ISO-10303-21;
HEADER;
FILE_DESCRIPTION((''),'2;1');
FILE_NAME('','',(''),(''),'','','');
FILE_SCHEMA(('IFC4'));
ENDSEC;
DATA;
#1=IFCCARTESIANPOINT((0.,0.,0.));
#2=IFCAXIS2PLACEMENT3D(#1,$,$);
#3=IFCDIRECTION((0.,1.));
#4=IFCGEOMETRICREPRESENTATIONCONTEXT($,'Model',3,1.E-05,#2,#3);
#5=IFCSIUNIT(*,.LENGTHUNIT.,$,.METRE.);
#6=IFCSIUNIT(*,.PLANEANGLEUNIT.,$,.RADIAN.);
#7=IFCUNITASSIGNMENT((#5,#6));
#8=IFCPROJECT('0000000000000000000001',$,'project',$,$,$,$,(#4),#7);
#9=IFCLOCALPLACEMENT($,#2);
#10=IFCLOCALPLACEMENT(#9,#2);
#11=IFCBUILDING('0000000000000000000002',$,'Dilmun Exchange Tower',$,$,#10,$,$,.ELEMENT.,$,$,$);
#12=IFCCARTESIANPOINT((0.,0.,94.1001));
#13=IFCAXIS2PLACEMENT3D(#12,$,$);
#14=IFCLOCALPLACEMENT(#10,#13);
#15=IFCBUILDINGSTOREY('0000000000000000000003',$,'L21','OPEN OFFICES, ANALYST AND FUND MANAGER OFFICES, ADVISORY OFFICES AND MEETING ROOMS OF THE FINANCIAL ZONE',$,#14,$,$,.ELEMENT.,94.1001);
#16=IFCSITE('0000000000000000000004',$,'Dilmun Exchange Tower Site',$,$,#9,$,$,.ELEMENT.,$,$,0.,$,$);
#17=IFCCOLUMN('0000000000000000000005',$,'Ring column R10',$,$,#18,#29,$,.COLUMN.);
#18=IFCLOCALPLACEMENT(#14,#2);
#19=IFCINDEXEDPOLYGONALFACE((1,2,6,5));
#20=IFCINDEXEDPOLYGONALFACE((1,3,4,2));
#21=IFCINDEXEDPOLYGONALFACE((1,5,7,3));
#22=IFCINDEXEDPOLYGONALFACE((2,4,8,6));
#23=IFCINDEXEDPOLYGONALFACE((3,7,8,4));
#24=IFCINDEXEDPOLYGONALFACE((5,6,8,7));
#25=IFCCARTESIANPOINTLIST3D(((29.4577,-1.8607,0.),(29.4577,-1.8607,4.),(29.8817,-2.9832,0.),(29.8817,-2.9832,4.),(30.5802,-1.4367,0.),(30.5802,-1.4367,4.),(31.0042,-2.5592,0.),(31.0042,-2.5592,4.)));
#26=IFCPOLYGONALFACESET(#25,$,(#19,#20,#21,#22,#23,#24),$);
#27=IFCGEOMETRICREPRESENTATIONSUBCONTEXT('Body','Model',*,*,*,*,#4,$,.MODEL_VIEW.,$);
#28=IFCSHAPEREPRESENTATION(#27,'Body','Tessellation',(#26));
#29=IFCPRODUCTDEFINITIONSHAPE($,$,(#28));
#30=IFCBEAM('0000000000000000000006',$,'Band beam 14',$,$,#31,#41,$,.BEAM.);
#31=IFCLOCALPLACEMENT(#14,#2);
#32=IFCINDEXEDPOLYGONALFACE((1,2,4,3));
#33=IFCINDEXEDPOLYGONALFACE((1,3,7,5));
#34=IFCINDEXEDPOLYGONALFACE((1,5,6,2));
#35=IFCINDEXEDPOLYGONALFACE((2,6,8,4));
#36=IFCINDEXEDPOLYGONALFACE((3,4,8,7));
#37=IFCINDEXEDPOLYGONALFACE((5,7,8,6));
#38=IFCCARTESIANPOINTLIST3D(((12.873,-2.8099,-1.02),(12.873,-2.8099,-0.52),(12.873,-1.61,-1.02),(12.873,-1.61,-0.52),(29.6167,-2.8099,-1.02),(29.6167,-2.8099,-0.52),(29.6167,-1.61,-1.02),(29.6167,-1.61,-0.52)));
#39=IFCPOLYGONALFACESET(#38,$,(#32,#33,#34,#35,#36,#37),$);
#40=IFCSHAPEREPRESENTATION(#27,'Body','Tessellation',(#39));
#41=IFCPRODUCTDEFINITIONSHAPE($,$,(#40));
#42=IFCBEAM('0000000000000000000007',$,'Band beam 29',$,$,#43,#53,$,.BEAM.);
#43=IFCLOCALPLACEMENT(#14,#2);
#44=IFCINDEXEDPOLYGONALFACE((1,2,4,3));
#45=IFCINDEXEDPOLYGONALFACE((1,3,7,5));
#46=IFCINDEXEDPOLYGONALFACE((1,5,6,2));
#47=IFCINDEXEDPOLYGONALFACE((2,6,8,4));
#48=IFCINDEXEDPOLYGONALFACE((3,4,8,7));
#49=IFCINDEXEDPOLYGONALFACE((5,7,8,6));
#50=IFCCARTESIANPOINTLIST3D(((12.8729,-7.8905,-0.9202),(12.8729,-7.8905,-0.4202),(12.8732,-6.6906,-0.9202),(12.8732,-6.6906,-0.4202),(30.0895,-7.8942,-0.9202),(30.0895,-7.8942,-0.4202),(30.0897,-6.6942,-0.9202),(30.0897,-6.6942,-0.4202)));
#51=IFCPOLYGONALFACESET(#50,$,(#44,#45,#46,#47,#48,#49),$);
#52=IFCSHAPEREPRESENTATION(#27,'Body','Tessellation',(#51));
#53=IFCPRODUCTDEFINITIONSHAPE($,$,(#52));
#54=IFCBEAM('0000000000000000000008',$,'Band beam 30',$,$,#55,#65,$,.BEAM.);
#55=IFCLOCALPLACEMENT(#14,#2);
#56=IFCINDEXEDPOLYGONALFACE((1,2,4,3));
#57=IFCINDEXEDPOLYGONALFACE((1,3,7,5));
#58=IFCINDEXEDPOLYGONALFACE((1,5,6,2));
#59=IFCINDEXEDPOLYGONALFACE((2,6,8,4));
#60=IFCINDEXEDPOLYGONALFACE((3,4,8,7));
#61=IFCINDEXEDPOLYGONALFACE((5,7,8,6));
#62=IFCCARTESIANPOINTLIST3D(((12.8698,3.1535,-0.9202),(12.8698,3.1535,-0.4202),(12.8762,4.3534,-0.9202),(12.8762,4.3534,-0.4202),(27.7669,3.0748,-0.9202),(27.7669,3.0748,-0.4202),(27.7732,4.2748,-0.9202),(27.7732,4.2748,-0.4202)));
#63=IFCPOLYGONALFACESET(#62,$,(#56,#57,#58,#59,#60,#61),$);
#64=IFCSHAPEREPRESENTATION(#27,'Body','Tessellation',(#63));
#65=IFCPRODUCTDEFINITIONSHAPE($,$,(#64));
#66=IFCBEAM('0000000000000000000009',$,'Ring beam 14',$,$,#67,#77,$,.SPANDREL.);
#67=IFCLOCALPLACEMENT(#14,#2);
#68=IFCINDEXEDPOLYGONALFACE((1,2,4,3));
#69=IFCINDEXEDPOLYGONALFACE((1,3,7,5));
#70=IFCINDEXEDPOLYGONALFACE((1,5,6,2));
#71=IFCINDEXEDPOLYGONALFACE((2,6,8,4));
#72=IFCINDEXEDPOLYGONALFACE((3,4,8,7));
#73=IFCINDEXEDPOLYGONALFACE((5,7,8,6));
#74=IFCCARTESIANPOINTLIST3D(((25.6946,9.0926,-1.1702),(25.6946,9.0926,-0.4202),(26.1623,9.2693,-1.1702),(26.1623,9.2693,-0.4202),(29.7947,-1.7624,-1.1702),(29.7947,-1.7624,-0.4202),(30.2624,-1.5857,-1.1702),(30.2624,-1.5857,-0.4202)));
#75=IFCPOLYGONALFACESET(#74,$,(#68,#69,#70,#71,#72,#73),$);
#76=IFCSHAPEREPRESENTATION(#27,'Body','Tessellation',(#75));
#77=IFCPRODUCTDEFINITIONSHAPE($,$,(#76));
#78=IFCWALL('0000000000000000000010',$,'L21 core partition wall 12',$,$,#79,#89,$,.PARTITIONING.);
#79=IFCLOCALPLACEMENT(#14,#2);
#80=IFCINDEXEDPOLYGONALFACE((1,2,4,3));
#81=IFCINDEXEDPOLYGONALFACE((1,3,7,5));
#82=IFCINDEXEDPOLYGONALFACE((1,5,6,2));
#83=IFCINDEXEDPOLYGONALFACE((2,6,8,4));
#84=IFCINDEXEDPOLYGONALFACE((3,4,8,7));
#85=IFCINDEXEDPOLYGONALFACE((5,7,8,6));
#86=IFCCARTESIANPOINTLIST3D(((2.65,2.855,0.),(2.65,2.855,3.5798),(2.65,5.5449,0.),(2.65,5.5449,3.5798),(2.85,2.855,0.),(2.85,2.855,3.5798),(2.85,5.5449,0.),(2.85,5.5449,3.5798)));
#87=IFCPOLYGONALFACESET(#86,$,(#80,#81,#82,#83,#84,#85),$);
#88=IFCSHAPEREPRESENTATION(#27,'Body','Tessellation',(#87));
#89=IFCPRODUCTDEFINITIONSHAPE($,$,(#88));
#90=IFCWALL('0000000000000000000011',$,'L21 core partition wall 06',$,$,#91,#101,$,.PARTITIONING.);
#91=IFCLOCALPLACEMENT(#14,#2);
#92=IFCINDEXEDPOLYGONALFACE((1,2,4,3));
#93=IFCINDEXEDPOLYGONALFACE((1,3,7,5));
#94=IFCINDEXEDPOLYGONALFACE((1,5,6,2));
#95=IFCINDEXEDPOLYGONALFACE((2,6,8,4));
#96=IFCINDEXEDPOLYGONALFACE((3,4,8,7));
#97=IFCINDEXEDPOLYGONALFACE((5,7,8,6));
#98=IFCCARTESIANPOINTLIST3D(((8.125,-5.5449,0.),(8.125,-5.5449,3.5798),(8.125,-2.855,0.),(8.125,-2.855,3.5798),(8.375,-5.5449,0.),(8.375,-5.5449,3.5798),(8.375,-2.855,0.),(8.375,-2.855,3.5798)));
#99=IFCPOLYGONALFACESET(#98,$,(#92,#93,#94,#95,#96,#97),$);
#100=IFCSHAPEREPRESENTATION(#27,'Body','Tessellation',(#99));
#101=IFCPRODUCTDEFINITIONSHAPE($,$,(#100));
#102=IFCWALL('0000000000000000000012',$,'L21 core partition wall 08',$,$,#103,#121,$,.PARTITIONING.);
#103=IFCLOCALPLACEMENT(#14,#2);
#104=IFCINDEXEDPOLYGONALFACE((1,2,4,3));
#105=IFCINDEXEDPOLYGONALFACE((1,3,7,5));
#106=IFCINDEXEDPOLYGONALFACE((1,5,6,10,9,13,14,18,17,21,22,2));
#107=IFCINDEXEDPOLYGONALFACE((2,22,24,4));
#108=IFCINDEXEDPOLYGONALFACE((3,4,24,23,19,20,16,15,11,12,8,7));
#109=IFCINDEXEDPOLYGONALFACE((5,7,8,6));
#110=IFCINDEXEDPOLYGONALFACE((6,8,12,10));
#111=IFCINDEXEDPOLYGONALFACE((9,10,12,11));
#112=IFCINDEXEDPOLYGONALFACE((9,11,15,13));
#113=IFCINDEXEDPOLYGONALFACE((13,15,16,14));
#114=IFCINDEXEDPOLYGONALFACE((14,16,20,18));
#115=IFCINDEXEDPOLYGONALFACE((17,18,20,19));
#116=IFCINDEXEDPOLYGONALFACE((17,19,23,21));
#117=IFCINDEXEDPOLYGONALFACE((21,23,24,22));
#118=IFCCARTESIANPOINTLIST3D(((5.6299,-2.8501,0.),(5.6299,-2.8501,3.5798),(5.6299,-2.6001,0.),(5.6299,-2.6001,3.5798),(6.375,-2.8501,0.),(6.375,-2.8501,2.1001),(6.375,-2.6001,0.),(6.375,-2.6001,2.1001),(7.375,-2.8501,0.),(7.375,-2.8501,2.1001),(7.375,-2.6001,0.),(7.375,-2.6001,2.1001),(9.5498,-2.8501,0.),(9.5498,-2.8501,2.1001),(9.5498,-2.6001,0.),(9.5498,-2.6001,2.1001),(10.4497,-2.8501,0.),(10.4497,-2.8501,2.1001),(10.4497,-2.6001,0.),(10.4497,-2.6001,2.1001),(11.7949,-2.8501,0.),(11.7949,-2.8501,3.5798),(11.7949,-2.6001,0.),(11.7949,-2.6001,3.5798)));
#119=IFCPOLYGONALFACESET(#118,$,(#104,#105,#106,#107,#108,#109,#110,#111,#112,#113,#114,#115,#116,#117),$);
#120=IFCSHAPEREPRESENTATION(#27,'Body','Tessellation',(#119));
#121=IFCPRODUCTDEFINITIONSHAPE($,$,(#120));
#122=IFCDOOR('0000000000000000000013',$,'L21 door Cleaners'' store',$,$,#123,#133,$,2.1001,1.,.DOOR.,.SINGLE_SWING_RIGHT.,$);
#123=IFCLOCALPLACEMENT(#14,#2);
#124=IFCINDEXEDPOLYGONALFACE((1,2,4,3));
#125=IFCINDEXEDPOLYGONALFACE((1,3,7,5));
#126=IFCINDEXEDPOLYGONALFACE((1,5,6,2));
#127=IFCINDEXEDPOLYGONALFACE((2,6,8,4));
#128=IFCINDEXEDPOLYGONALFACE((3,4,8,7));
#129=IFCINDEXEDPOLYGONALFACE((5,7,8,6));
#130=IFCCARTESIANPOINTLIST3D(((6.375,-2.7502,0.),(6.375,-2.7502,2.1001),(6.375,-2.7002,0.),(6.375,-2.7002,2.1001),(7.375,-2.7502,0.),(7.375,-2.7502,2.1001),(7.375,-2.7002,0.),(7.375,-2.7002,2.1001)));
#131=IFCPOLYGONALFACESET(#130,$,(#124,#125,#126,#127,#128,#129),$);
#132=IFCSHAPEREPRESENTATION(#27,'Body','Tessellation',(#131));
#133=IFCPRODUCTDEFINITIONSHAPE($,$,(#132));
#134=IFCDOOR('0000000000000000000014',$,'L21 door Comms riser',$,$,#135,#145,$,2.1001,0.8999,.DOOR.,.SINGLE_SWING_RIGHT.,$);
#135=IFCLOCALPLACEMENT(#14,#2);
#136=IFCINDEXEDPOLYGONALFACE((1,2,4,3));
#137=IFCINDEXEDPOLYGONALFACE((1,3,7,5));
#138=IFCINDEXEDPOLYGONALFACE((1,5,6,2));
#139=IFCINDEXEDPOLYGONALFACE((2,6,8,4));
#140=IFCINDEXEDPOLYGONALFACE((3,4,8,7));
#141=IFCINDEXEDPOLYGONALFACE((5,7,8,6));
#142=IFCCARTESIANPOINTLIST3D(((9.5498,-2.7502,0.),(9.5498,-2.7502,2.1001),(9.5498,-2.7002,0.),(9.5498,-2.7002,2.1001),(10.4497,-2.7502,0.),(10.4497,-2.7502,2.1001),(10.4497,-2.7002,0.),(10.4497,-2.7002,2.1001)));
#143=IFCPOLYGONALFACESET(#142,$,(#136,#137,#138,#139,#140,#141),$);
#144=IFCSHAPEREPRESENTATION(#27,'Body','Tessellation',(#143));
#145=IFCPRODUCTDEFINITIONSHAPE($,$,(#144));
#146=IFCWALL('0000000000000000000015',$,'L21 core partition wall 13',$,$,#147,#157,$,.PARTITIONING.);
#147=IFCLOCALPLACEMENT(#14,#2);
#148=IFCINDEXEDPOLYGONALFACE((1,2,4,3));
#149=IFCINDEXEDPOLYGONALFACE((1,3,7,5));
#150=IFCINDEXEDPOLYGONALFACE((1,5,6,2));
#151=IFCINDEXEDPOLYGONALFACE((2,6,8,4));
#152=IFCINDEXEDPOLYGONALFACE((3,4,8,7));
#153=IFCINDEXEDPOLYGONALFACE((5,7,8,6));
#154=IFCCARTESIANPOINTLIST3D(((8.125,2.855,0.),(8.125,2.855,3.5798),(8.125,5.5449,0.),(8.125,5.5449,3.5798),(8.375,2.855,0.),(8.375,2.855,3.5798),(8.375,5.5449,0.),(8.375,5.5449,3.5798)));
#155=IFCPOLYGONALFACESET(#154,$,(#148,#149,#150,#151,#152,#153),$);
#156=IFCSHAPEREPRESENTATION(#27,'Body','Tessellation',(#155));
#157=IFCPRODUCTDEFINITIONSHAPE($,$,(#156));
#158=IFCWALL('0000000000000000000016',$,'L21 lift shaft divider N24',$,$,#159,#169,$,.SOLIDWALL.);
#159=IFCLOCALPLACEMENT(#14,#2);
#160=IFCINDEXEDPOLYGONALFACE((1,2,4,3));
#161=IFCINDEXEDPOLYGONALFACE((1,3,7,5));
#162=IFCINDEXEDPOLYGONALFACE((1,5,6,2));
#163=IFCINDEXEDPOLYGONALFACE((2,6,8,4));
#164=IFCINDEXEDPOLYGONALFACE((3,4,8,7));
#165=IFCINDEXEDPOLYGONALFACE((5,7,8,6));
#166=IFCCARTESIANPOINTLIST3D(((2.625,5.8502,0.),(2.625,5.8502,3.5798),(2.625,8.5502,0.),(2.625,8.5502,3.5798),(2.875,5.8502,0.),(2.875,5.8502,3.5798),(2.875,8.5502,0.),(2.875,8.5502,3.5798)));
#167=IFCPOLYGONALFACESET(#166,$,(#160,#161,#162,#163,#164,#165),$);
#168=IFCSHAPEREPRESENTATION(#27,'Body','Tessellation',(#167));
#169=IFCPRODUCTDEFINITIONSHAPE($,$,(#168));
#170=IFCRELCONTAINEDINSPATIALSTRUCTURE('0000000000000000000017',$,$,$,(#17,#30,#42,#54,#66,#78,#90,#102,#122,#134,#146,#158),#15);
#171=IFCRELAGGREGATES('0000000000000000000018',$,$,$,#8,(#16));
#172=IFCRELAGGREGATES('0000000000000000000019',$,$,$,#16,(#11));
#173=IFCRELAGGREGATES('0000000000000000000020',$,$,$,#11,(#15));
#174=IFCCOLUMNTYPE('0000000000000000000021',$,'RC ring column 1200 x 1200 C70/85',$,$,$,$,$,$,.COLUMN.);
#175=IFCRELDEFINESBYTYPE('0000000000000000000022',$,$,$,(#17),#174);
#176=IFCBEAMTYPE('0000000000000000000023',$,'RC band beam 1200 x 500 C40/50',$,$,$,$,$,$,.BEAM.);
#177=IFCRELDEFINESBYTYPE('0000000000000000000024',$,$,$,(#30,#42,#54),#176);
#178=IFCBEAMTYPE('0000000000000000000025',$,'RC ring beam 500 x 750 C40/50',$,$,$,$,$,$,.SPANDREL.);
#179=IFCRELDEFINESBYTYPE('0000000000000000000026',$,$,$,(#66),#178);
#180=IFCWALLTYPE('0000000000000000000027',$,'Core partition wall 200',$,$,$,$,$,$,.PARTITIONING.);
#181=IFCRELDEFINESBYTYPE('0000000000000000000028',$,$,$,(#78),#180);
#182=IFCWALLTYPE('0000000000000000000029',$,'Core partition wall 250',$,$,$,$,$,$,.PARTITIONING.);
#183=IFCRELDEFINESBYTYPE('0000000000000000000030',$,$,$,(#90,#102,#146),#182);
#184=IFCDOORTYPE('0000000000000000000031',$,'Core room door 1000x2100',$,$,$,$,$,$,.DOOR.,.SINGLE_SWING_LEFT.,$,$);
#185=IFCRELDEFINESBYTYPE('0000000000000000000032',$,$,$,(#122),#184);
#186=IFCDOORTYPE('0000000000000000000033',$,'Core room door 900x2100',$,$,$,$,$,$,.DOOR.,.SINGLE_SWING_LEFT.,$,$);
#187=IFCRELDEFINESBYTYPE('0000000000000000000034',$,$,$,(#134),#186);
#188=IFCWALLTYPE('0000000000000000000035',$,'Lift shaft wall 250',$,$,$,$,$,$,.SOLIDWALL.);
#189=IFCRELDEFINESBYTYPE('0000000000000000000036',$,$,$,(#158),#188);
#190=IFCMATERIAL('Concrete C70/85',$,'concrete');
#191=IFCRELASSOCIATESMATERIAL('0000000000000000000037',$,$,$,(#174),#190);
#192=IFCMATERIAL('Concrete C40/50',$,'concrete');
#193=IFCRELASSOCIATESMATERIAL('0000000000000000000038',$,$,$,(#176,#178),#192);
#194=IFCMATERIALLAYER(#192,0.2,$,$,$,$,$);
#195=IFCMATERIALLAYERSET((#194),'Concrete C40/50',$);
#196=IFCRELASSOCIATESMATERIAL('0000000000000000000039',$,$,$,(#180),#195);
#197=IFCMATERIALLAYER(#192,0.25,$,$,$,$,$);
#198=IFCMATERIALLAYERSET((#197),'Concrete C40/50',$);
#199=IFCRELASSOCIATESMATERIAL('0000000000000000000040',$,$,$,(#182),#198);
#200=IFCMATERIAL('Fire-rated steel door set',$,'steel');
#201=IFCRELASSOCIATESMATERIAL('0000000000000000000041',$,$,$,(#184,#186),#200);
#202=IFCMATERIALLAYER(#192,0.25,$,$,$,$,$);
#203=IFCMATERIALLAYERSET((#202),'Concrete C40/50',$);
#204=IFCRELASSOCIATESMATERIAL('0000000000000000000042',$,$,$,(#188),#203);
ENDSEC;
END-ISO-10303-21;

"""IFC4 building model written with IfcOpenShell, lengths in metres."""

from ifc_helpers import new_model, si_unit, direction, frame, frame_2d, origin, origin_2d, place, context, subcontext, project, spatial, rectangle, extrude, material, layer, layer_set, material_profile, profile_set, type_object, element, fill, save


model = new_model("IFC4")

# Units and contexts
model_context = context("Model", 3, precision=1e-05, world=origin(), true_north=direction((0.0, 1.0)))
body_context = subcontext(model_context, "Body", "Model", "MODEL_VIEW")
ifc_project = project(units=[si_unit("LENGTHUNIT", "METRE"), si_unit("PLANEANGLEUNIT", "RADIAN")], contexts=[model_context])

# Site, building, storey
site_placement = place(None, origin())
site = spatial("IfcSite", under=ifc_project, at=site_placement, Name="Dilmun Exchange Tower Site", CompositionType="ELEMENT", RefElevation=0.0)
building_placement = place(site_placement, origin())
building = spatial("IfcBuilding", under=site, at=building_placement, Name="Dilmun Exchange Tower", CompositionType="ELEMENT")
storey_placement = place(building_placement, frame((0.0, 0.0, 94.1001)))
storey = spatial("IfcBuildingStorey", under=building, at=storey_placement, Name="L21", Description="OPEN OFFICES, ANALYST AND FUND MANAGER OFFICES, ADVISORY OFFICES AND MEETING ROOMS OF THE FINANCIAL ZONE", CompositionType="ELEMENT", Elevation=94.1001)

# Column
ifc_material_1 = material(Name="Concrete C70/85", Category="concrete")
ifc_material_profile_1 = material_profile(ifc_material_1, rectangle(XDim=1.2, YDim=1.2, at=origin_2d()), Name="1200 x 1200")
ifc_profile_set_1 = profile_set([ifc_material_profile_1], Name="Concrete C70/85")
column_type = type_object("IfcColumnType", Name="RC ring column 1200 x 1200 C70/85", PredefinedType="COLUMN", material=ifc_profile_set_1)
column_placement = place(storey_placement, frame((30.231, -2.21, 0.0), z_axis=(0.0, 0.0, 1.0), x_axis=(0.935492, 0.353349, 0.0)))
element("IfcColumn", 1, at=column_placement, inside=storey, type_object=column_type, Name="Ring column R10", PredefinedType="COLUMN", context=body_context, shape_type="SweptSolid", body=[
    extrude(rectangle(XDim=1.2, YDim=1.2, at=origin_2d()), origin(), (0.0, 0.0, 1.0), 4.0),
])

# Beams
ifc_material_2 = material(Name="Concrete C40/50", Category="concrete")
ifc_material_profile_2 = material_profile(ifc_material_2, rectangle(XDim=1.2, YDim=0.5, at=origin_2d()), Name="1200 x 500")
ifc_profile_set_2 = profile_set([ifc_material_profile_2], Name="Concrete C40/50")
beam_type_1 = type_object("IfcBeamType", Name="RC band beam 1200 x 500 C40/50", PredefinedType="BEAM", material=ifc_profile_set_2)
beam_1_placement = place(storey_placement, frame((29.6167, -2.21, -0.77), z_axis=(-1.0, 0.0, 0.0), x_axis=(0.0, -1.0, 0.0)))
element("IfcBeam", 2, at=beam_1_placement, inside=storey, type_object=beam_type_1, Name="Band beam 14", PredefinedType="BEAM", context=body_context, shape_type="SweptSolid", body=[
    extrude(rectangle(XDim=1.2, YDim=0.5, at=origin_2d()), origin(), (0.0, 0.0, 1.0), 16.7437),
])
beam_2_placement = place(storey_placement, frame((30.0896, -7.2942, -0.6702), z_axis=(-1.0, 0.000213, 0.0), x_axis=(-0.000213, -1.0, 0.0)))
element("IfcBeam", 3, at=beam_2_placement, inside=storey, type_object=beam_type_1, Name="Band beam 29", PredefinedType="BEAM", context=body_context, shape_type="SweptSolid", body=[
    extrude(rectangle(XDim=1.2, YDim=0.5, at=origin_2d()), origin(), (0.0, 0.0, 1.0), 17.2166),
])
beam_3_placement = place(storey_placement, frame((27.77, 3.6748, -0.6702), z_axis=(-0.999986, 0.005277, 0.0), x_axis=(-0.005277, -0.999986, 0.0)))
element("IfcBeam", 4, at=beam_3_placement, inside=storey, type_object=beam_type_1, Name="Band beam 30", PredefinedType="BEAM", context=body_context, shape_type="SweptSolid", body=[
    extrude(rectangle(XDim=1.2, YDim=0.5, at=origin_2d()), origin(), (0.0, 0.0, 1.0), 14.8972),
])
ifc_material_profile_3 = material_profile(ifc_material_2, rectangle(XDim=0.5, YDim=0.75, at=origin_2d()), Name="500 x 750")
ifc_profile_set_3 = profile_set([ifc_material_profile_3], Name="Concrete C40/50")
beam_type_2 = type_object("IfcBeamType", Name="RC ring beam 500 x 750 C40/50", PredefinedType="SPANDREL", material=ifc_profile_set_3)
beam_4_placement = place(storey_placement, frame((30.0286, -1.6741, -0.7952), z_axis=(-0.35335, 0.935491, 0.0), x_axis=(-0.935491, -0.35335, 0.0)))
element("IfcBeam", 5, at=beam_4_placement, inside=storey, type_object=beam_type_2, Name="Ring beam 14", PredefinedType="SPANDREL", context=body_context, shape_type="SweptSolid", body=[
    extrude(rectangle(XDim=0.5, YDim=0.75, at=origin_2d()), origin(), (0.0, 0.0, 1.0), 11.6035),
])

# Shared definitions
ifc_layer_1 = layer(ifc_material_2, 0.2)
ifc_layer_set_1 = layer_set([ifc_layer_1], Name="Concrete C40/50")
wall_type_1 = type_object("IfcWallType", Name="Core partition wall 200", PredefinedType="PARTITIONING", material=ifc_layer_set_1)
ifc_material_3 = material(Name="Fire-rated steel door set", Category="steel")

# Walls
wall_1_placement = place(storey_placement, frame((2.75, 2.855, 0.0), z_axis=(0.0, 0.0, 1.0), x_axis=(0.0, 1.0, 0.0)))
element("IfcWall", 6, at=wall_1_placement, inside=storey, type_object=wall_type_1, Name="L21 core partition wall 12", PredefinedType="PARTITIONING", context=body_context, shape_type="SweptSolid", body=[
    extrude(rectangle(XDim=2.6899, YDim=0.2, at=frame_2d((1.345, 0.0))), origin(), (0.0, 0.0, 1.0), 3.5798),
])
ifc_layer_2 = layer(ifc_material_2, 0.25)
ifc_layer_set_2 = layer_set([ifc_layer_2], Name="Concrete C40/50")
wall_type_2 = type_object("IfcWallType", Name="Core partition wall 250", PredefinedType="PARTITIONING", material=ifc_layer_set_2)
wall_2_placement = place(storey_placement, frame((8.25, -5.5449, 0.0), z_axis=(0.0, 0.0, 1.0), x_axis=(0.0, 1.0, 0.0)))
element("IfcWall", 7, at=wall_2_placement, inside=storey, type_object=wall_type_2, Name="L21 core partition wall 06", PredefinedType="PARTITIONING", context=body_context, shape_type="SweptSolid", body=[
    extrude(rectangle(XDim=2.6899, YDim=0.25, at=frame_2d((1.345, 0.0))), origin(), (0.0, 0.0, 1.0), 3.5798),
])

# Wall, openings, doors
wall_3_placement = place(storey_placement, frame((5.6299, -2.7251, 0.0), z_axis=(0.0, 0.0, 1.0), x_axis=(1.0, 0.0, 0.0)))
wall_3 = element("IfcWall", 8, at=wall_3_placement, inside=storey, type_object=wall_type_2, Name="L21 core partition wall 08", PredefinedType="PARTITIONING", context=body_context, shape_type="SweptSolid", body=[
    extrude(rectangle(XDim=6.165, YDim=0.25, at=frame_2d((3.0825, 0.0))), origin(), (0.0, 0.0, 1.0), 3.5798),
])
opening_1_placement = place(wall_3_placement, frame((0.7451, 0.0, 0.0)))
opening_1 = element("IfcOpeningElement", 9, at=opening_1_placement, cuts=wall_3, PredefinedType="OPENING", context=body_context, shape_type="SweptSolid", body=[
    extrude(rectangle(XDim=1.0, YDim=2.1001, at=frame_2d((0.5, 1.05))), frame((0.0, 0.135, 0.0), z_axis=(0.0, -1.0, 0.0), x_axis=(1.0, 0.0, 0.0)), (0.0, 0.0, 1.0), 0.27),
])
opening_2_placement = place(wall_3_placement, frame((3.9199, 0.0, 0.0)))
opening_2 = element("IfcOpeningElement", 10, at=opening_2_placement, cuts=wall_3, PredefinedType="OPENING", context=body_context, shape_type="SweptSolid", body=[
    extrude(rectangle(XDim=0.8999, YDim=2.1001, at=frame_2d((0.45, 1.05))), frame((0.0, 0.135, 0.0), z_axis=(0.0, -1.0, 0.0), x_axis=(1.0, 0.0, 0.0)), (0.0, 0.0, 1.0), 0.27),
])
door_type_1 = type_object("IfcDoorType", Name="Core room door 1000x2100", OperationType="SINGLE_SWING_LEFT", PredefinedType="DOOR", material=ifc_material_3)
door_1_placement = place(opening_1_placement, origin())
door_1 = element("IfcDoor", 11, at=door_1_placement, inside=storey, type_object=door_type_1, Name="L21 door Cleaners' store", OperationType="SINGLE_SWING_RIGHT", OverallHeight=2.1001, OverallWidth=1.0, PredefinedType="DOOR", context=body_context, shape_type="SweptSolid", body=[
    extrude(rectangle(XDim=1.0, YDim=2.1001, at=frame_2d((0.5, 1.05))), frame((0.0, 0.0249, 0.0), z_axis=(0.0, -1.0, 0.0), x_axis=(1.0, 0.0, 0.0)), (0.0, 0.0, 1.0), 0.05),
])
fill(opening_1, door_1)
door_type_2 = type_object("IfcDoorType", Name="Core room door 900x2100", OperationType="SINGLE_SWING_LEFT", PredefinedType="DOOR", material=ifc_material_3)
door_2_placement = place(opening_2_placement, origin())
door_2 = element("IfcDoor", 12, at=door_2_placement, inside=storey, type_object=door_type_2, Name="L21 door Comms riser", OperationType="SINGLE_SWING_RIGHT", OverallHeight=2.1001, OverallWidth=0.8999, PredefinedType="DOOR", context=body_context, shape_type="SweptSolid", body=[
    extrude(rectangle(XDim=0.8999, YDim=2.1001, at=frame_2d((0.45, 1.05))), frame((0.0, 0.0249, 0.0), z_axis=(0.0, -1.0, 0.0), x_axis=(1.0, 0.0, 0.0)), (0.0, 0.0, 1.0), 0.05),
])
fill(opening_2, door_2)

# Walls
wall_4_placement = place(storey_placement, frame((8.25, 2.855, 0.0), z_axis=(0.0, 0.0, 1.0), x_axis=(0.0, 1.0, 0.0)))
element("IfcWall", 13, at=wall_4_placement, inside=storey, type_object=wall_type_2, Name="L21 core partition wall 13", PredefinedType="PARTITIONING", context=body_context, shape_type="SweptSolid", body=[
    extrude(rectangle(XDim=2.6899, YDim=0.25, at=frame_2d((1.345, 0.0))), origin(), (0.0, 0.0, 1.0), 3.5798),
])
ifc_layer_3 = layer(ifc_material_2, 0.25)
ifc_layer_set_3 = layer_set([ifc_layer_3], Name="Concrete C40/50")
wall_type_3 = type_object("IfcWallType", Name="Lift shaft wall 250", PredefinedType="SOLIDWALL", material=ifc_layer_set_3)
for number, where, z_axis, x_axis, name in (
    (14, (2.75, 5.8501, 0.0), (0.0, 0.0, 1.0), (0.0, 1.0, 0.0), "L21 lift shaft divider N24"),
):
    element("IfcWall", number, at=place(storey_placement, frame(where, z_axis=z_axis, x_axis=x_axis)), inside=storey, type_object=wall_type_3, Name=name, PredefinedType="SOLIDWALL", context=body_context, shape_type="SweptSolid", body=[
        extrude(rectangle(XDim=2.7, YDim=0.25, at=frame_2d((1.3501, 0.0))), origin(), (0.0, 0.0, 1.0), 3.5798),
    ])

save(model, "model.ifc")
